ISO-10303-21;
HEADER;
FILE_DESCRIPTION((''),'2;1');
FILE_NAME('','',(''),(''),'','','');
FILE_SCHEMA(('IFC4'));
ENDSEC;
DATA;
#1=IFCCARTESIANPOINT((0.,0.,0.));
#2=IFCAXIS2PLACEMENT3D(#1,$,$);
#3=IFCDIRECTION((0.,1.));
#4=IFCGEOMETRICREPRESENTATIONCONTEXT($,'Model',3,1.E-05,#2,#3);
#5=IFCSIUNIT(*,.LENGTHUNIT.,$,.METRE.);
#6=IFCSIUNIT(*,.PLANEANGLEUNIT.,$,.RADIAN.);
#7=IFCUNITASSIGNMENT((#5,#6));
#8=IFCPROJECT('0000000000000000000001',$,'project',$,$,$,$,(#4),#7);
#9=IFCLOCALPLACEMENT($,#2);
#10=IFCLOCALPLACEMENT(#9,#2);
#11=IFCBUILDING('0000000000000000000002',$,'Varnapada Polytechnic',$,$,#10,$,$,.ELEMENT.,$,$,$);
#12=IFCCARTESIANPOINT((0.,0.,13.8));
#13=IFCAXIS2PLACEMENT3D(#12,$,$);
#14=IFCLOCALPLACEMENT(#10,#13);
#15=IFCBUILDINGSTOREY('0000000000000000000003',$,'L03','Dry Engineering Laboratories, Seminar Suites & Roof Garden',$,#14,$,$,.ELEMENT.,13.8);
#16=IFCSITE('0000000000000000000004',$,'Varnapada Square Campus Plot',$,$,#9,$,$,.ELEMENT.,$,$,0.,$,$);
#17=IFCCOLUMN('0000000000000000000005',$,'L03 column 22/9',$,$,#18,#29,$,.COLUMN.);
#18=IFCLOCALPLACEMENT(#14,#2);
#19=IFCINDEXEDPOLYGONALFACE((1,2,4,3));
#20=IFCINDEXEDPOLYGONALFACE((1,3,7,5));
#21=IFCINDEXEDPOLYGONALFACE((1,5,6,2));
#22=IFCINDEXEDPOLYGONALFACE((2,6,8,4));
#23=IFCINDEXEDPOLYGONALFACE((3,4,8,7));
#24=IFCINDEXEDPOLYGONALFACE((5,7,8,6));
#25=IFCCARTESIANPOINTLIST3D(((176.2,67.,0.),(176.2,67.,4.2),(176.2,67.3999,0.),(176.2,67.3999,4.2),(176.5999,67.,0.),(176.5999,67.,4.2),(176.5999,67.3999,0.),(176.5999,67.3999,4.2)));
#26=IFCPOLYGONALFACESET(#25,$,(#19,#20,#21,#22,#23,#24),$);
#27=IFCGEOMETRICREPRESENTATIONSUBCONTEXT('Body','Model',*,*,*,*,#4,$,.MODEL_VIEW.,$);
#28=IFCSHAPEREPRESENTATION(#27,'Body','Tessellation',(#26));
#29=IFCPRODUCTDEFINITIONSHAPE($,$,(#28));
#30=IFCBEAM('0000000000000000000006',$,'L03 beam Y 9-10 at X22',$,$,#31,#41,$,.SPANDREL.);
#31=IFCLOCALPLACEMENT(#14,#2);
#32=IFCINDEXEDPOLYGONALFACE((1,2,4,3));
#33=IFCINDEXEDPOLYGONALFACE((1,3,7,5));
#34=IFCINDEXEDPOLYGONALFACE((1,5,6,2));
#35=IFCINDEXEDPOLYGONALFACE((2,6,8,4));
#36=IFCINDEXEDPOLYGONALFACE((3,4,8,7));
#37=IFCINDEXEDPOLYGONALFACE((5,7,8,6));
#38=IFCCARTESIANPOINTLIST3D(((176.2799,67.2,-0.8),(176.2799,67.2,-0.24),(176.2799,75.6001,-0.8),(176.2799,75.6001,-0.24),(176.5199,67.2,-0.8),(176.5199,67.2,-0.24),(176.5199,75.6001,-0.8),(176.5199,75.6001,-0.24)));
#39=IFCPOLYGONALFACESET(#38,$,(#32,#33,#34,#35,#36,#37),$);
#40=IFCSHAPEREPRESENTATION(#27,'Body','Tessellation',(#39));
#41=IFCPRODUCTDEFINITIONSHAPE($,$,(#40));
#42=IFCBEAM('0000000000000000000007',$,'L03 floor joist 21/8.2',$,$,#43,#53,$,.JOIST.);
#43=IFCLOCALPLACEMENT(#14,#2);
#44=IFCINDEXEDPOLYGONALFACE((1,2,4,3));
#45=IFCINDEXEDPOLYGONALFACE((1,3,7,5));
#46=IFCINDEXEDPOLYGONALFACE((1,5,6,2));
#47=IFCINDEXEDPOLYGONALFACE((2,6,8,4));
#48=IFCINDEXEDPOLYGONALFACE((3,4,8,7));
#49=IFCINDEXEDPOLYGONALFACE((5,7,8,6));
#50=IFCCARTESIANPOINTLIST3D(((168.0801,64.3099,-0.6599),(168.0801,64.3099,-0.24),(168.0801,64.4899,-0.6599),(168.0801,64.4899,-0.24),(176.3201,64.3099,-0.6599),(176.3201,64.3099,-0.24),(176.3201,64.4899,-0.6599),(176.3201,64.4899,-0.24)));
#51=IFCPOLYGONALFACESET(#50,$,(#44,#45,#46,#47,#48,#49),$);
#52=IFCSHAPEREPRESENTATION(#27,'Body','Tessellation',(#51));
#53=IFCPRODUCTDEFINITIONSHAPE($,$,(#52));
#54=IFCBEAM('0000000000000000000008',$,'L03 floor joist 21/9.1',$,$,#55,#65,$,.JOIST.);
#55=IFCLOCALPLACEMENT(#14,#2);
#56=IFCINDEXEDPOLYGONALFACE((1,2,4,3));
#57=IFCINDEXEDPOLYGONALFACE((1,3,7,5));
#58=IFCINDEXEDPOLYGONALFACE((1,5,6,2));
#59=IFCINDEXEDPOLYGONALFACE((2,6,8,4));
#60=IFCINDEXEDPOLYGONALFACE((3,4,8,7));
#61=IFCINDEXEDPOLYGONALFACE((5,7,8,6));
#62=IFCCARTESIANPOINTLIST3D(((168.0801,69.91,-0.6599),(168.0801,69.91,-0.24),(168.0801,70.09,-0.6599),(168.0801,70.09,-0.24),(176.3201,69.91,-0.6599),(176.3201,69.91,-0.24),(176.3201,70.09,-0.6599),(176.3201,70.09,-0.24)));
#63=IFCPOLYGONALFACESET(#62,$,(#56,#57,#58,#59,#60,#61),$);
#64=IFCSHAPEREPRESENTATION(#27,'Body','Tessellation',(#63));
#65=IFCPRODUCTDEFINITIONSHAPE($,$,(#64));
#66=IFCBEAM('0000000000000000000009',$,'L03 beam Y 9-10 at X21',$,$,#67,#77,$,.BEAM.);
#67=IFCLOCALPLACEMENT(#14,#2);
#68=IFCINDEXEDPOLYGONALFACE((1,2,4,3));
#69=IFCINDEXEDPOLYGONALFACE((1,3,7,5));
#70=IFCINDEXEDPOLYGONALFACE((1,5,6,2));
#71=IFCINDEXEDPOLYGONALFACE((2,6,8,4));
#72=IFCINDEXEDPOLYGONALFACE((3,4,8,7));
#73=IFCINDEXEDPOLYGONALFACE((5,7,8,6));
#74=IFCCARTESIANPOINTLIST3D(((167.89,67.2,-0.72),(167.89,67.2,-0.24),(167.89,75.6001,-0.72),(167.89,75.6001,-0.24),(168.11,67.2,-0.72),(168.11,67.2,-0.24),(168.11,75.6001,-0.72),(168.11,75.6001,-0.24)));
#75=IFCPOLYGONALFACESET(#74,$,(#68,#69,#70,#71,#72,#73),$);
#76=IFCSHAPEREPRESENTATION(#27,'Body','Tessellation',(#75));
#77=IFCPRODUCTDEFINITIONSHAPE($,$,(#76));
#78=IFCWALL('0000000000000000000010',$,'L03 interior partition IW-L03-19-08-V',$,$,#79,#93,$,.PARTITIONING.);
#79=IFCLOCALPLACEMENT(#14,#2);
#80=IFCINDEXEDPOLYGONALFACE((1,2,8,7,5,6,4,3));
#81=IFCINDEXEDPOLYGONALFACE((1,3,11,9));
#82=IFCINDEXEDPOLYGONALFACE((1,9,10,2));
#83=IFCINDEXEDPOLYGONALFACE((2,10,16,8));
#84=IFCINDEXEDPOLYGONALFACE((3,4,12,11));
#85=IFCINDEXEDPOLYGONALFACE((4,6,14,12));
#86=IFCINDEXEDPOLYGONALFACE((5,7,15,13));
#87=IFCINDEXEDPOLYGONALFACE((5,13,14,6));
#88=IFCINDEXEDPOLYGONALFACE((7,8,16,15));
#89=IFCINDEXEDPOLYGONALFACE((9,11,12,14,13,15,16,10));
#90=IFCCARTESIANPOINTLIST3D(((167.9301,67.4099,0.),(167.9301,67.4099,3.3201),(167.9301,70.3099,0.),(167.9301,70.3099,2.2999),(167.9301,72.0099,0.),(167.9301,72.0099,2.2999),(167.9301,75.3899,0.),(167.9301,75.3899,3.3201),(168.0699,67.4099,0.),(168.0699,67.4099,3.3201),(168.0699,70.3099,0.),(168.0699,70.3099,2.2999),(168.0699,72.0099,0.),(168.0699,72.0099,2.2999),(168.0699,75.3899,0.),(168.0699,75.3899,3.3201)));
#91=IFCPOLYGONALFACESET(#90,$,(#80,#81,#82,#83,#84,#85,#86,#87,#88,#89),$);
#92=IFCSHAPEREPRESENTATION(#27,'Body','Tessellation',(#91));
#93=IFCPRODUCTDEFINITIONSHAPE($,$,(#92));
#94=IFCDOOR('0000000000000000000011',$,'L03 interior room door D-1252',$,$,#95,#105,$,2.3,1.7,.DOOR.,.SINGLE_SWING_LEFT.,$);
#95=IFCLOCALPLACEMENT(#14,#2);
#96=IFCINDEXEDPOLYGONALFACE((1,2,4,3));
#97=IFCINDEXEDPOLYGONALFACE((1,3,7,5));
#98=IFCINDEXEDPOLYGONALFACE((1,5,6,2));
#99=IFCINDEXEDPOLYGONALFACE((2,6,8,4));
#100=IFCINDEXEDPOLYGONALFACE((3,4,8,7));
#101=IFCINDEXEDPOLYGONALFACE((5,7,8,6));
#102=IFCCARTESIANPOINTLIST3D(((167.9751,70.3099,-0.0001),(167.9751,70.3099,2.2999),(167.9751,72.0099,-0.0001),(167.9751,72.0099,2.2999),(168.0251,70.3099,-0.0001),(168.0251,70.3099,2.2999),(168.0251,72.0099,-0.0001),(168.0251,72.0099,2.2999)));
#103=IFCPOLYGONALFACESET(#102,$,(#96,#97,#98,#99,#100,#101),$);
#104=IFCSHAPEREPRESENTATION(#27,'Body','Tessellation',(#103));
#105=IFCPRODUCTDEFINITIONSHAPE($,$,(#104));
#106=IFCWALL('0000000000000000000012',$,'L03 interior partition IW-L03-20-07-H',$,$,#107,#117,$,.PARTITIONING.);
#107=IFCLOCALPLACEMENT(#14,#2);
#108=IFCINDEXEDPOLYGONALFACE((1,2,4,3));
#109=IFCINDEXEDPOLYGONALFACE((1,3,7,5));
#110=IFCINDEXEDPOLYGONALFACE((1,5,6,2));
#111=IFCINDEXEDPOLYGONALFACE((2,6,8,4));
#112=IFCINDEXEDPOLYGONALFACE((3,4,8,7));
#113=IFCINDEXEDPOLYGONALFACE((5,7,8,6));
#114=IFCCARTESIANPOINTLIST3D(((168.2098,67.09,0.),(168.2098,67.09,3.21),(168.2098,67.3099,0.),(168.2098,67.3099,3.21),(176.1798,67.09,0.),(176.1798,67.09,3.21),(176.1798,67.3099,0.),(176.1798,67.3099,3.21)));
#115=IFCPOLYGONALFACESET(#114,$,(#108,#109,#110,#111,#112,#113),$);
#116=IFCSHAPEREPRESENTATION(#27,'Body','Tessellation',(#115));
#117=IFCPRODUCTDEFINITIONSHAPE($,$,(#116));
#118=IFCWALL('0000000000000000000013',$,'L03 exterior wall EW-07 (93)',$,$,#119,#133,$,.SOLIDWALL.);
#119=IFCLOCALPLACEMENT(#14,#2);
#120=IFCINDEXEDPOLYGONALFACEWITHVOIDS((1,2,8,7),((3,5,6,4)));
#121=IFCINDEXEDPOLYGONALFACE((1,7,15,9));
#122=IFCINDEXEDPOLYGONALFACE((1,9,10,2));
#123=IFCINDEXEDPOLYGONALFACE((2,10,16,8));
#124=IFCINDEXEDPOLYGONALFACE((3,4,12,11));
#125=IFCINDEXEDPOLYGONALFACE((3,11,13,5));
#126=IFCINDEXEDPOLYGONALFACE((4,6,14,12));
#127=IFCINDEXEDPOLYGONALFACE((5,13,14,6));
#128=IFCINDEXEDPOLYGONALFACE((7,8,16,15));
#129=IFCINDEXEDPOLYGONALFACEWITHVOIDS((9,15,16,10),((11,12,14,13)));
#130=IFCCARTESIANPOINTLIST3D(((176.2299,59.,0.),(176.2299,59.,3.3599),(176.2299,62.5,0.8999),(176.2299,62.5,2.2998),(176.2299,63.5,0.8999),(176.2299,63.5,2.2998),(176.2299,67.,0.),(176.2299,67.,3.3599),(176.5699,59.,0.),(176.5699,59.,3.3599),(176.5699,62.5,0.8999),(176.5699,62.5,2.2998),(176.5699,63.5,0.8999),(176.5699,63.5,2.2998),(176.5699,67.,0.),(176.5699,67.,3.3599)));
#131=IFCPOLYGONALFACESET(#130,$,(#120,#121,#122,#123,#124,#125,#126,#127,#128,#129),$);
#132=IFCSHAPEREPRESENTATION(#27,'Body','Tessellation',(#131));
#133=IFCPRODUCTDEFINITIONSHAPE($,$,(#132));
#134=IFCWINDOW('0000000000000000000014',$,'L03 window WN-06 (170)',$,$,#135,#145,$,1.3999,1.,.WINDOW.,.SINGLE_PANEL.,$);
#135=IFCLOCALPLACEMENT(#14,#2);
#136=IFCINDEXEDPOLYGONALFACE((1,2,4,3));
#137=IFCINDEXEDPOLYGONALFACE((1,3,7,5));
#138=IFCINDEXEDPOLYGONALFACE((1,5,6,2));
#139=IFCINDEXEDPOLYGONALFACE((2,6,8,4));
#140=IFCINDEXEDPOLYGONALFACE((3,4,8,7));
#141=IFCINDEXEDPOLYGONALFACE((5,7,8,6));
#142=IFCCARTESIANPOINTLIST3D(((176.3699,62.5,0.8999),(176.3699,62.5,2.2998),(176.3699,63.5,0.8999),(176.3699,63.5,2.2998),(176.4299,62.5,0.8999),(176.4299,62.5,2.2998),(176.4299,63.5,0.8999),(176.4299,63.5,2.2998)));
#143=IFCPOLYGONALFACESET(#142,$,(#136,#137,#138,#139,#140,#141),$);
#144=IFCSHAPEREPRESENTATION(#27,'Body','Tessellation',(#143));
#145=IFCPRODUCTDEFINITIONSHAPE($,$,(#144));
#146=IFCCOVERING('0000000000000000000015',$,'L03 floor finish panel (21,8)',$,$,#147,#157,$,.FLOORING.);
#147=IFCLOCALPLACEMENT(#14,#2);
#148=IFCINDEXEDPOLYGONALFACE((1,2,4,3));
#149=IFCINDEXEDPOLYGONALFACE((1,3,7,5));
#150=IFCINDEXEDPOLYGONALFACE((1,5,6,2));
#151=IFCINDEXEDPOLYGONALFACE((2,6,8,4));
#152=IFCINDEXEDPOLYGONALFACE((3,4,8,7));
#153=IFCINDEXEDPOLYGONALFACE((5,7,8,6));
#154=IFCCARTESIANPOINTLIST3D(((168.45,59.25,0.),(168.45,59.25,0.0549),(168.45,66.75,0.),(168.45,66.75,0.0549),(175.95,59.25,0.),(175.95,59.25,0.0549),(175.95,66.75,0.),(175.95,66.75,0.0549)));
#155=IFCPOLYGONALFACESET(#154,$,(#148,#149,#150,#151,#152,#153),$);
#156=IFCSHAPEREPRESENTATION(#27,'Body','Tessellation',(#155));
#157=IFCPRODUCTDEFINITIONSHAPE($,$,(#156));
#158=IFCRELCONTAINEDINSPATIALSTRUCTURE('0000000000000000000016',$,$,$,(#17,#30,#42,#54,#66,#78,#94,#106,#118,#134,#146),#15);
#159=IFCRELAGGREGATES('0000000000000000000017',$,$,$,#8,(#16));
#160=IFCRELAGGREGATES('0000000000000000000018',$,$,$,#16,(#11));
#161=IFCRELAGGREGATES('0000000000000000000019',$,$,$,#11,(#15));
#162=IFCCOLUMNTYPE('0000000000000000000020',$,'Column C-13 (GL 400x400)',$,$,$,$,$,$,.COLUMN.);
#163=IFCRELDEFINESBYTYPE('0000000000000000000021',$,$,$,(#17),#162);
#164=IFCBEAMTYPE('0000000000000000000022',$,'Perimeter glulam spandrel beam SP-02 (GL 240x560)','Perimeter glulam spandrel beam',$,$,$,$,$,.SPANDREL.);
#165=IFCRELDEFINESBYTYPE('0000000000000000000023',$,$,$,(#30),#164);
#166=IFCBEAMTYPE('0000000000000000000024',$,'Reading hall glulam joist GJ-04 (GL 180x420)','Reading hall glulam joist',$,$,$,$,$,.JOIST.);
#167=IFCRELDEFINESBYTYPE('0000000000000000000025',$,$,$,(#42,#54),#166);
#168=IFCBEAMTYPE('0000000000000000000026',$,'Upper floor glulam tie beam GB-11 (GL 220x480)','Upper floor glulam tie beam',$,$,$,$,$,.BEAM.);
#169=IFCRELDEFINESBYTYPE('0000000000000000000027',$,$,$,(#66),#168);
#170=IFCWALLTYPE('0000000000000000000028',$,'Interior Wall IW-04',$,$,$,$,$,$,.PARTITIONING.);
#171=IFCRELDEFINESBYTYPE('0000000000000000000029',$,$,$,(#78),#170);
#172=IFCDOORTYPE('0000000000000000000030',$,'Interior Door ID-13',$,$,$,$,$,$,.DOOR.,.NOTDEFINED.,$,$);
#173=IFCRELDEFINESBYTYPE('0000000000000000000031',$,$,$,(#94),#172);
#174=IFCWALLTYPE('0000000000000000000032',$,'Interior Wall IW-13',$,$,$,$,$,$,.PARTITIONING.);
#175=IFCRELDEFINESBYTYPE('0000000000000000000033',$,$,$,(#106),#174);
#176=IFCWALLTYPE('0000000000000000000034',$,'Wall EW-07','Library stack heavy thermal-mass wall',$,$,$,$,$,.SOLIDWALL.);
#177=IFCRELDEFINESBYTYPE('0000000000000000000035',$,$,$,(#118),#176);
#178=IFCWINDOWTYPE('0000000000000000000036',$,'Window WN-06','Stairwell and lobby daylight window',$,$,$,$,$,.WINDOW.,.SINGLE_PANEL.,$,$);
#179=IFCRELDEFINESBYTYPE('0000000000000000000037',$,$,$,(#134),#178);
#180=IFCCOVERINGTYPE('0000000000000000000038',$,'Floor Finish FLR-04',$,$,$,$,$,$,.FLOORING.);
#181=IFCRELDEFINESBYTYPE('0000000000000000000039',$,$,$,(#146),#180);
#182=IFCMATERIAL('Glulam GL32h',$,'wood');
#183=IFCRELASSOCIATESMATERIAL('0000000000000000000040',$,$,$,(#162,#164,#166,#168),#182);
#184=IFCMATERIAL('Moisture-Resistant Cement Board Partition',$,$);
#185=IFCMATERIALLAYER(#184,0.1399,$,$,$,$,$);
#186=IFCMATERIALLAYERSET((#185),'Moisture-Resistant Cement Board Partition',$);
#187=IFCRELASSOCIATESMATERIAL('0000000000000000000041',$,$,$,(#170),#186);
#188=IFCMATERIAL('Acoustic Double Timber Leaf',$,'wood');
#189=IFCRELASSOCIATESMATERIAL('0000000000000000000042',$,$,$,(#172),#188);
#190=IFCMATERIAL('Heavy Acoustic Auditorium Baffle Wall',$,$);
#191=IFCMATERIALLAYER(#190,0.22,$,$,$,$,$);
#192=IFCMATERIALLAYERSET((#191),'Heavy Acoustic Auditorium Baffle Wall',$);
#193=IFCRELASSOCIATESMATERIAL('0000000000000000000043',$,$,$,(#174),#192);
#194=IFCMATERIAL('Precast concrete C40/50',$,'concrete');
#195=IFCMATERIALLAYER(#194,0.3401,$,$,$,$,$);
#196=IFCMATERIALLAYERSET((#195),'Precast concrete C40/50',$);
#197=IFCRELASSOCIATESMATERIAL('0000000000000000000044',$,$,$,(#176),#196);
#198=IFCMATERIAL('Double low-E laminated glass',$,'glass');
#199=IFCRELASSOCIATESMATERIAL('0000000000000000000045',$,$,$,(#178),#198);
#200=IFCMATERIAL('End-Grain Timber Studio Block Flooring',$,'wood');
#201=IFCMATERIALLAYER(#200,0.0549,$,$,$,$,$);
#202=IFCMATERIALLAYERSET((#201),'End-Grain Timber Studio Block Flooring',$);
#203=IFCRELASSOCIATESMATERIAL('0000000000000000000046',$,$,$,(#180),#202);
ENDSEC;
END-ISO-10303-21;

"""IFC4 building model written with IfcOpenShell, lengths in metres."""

from ifc_helpers import new_model, si_unit, direction, frame, frame_2d, origin, origin_2d, place, context, subcontext, project, spatial, rectangle, extrude, material, layer, layer_set, material_profile, profile_set, type_object, element, fill, save


model = new_model("IFC4")

# Units and contexts
model_context = context("Model", 3, precision=1e-05, world=origin(), true_north=direction((0.0, 1.0)))
body_context = subcontext(model_context, "Body", "Model", "MODEL_VIEW")
ifc_project = project(units=[si_unit("LENGTHUNIT", "METRE"), si_unit("PLANEANGLEUNIT", "RADIAN")], contexts=[model_context])

# Site, building, storey
site_placement = place(None, origin())
site = spatial("IfcSite", under=ifc_project, at=site_placement, Name="Varnapada Square Campus Plot", CompositionType="ELEMENT", RefElevation=0.0)
building_placement = place(site_placement, origin())
building = spatial("IfcBuilding", under=site, at=building_placement, Name="Varnapada Polytechnic", CompositionType="ELEMENT")
storey_placement = place(building_placement, frame((0.0, 0.0, 13.8)))
storey = spatial("IfcBuildingStorey", under=building, at=storey_placement, Name="L03", Description="Dry Engineering Laboratories, Seminar Suites & Roof Garden", CompositionType="ELEMENT", Elevation=13.8)

# Column
ifc_material_1 = material(Name="Glulam GL32h", Category="wood")
ifc_material_profile_1 = material_profile(ifc_material_1, rectangle(XDim=0.3999, YDim=0.3999, at=origin_2d()), Name="GL 400x400")
ifc_profile_set_1 = profile_set([ifc_material_profile_1], Name="Glulam GL32h")
column_type = type_object("IfcColumnType", Name="Column C-13 (GL 400x400)", PredefinedType="COLUMN", material=ifc_profile_set_1)
column_placement = place(storey_placement, frame((176.3999, 67.2, 0.0), z_axis=(0.0, 0.0, 1.0), x_axis=(1.0, 0.0, 0.0)))
element("IfcColumn", 1, at=column_placement, inside=storey, type_object=column_type, Name="L03 column 22/9", PredefinedType="COLUMN", context=body_context, shape_type="SweptSolid", body=[
    extrude(rectangle(XDim=0.3999, YDim=0.3999, at=origin_2d()), origin(), (0.0, 0.0, 1.0), 4.2),
])

# Beams
ifc_material_profile_2 = material_profile(ifc_material_1, rectangle(XDim=0.24, YDim=0.5601, at=origin_2d()), Name="GL 240x560")
ifc_profile_set_2 = profile_set([ifc_material_profile_2], Name="Glulam GL32h")
beam_type_1 = type_object("IfcBeamType", Name="Perimeter glulam spandrel beam SP-02 (GL 240x560)", Description="Perimeter glulam spandrel beam", PredefinedType="SPANDREL", material=ifc_profile_set_2)
beam_1_placement = place(storey_placement, frame((176.3999, 67.2, -0.52), z_axis=(0.0, 1.0, 0.0), x_axis=(-1.0, 0.0, 0.0)))
element("IfcBeam", 2, at=beam_1_placement, inside=storey, type_object=beam_type_1, Name="L03 beam Y 9-10 at X22", PredefinedType="SPANDREL", context=body_context, shape_type="SweptSolid", body=[
    extrude(rectangle(XDim=0.24, YDim=0.5601, at=origin_2d()), origin(), (0.0, 0.0, 1.0), 8.4001),
])
ifc_material_profile_3 = material_profile(ifc_material_1, rectangle(XDim=0.1799, YDim=0.4199, at=origin_2d()), Name="GL 180x420")
ifc_profile_set_3 = profile_set([ifc_material_profile_3], Name="Glulam GL32h")
beam_type_2 = type_object("IfcBeamType", Name="Reading hall glulam joist GJ-04 (GL 180x420)", Description="Reading hall glulam joist", PredefinedType="JOIST", material=ifc_profile_set_3)
for number, where, z_axis, x_axis, name in (
    (3, (168.0801, 64.3999, -0.45), (1.0, 0.0, 0.0), (0.0, 1.0, 0.0), "L03 floor joist 21/8.2"),
    (4, (168.0801, 70.0, -0.45), (1.0, 0.0, 0.0), (0.0, 1.0, 0.0), "L03 floor joist 21/9.1"),
):
    element("IfcBeam", number, at=place(storey_placement, frame(where, z_axis=z_axis, x_axis=x_axis)), inside=storey, type_object=beam_type_2, Name=name, PredefinedType="JOIST", context=body_context, shape_type="SweptSolid", body=[
        extrude(rectangle(XDim=0.1799, YDim=0.4199, at=origin_2d()), origin(), (0.0, 0.0, 1.0), 8.24),
    ])
ifc_material_profile_4 = material_profile(ifc_material_1, rectangle(XDim=0.22, YDim=0.48, at=origin_2d()), Name="GL 220x480")
ifc_profile_set_4 = profile_set([ifc_material_profile_4], Name="Glulam GL32h")
beam_type_3 = type_object("IfcBeamType", Name="Upper floor glulam tie beam GB-11 (GL 220x480)", Description="Upper floor glulam tie beam", PredefinedType="BEAM", material=ifc_profile_set_4)
beam_2_placement = place(storey_placement, frame((168.0, 67.2, -0.48), z_axis=(0.0, 1.0, 0.0), x_axis=(-1.0, 0.0, 0.0)))
element("IfcBeam", 5, at=beam_2_placement, inside=storey, type_object=beam_type_3, Name="L03 beam Y 9-10 at X21", PredefinedType="BEAM", context=body_context, shape_type="SweptSolid", body=[
    extrude(rectangle(XDim=0.22, YDim=0.48, at=origin_2d()), origin(), (0.0, 0.0, 1.0), 8.4001),
])

# Wall, opening, door
ifc_material_2 = material(Name="Moisture-Resistant Cement Board Partition")
ifc_layer_1 = layer(ifc_material_2, 0.1399)
ifc_layer_set_1 = layer_set([ifc_layer_1], Name="Moisture-Resistant Cement Board Partition")
wall_type_1 = type_object("IfcWallType", Name="Interior Wall IW-04", PredefinedType="PARTITIONING", material=ifc_layer_set_1)
wall_1_placement = place(storey_placement, frame((168.0, 67.4099, 0.0), z_axis=(0.0, 0.0, 1.0), x_axis=(0.0, 1.0, 0.0)))
wall_1 = element("IfcWall", 6, at=wall_1_placement, inside=storey, type_object=wall_type_1, Name="L03 interior partition IW-L03-19-08-V", PredefinedType="PARTITIONING", context=body_context, shape_type="SweptSolid", body=[
    extrude(rectangle(XDim=7.98, YDim=0.1399, at=frame_2d((3.99, 0.0))), origin(), (0.0, 0.0, 1.0), 3.3201),
])
opening_1_placement = place(wall_1_placement, frame((2.8999, 0.0, 0.0)))
opening_1 = element("IfcOpeningElement", 7, at=opening_1_placement, cuts=wall_1, PredefinedType="OPENING", context=body_context, shape_type="SweptSolid", body=[
    extrude(rectangle(XDim=1.7, YDim=2.3, at=frame_2d((0.8501, 1.1499))), frame((0.0, 0.0798, 0.0), z_axis=(0.0, -1.0, 0.0), x_axis=(1.0, 0.0, 0.0)), (0.0, 0.0, 1.0), 0.1599),
])
ifc_material_3 = material(Name="Acoustic Double Timber Leaf", Category="wood")
door_type = type_object("IfcDoorType", Name="Interior Door ID-13", OperationType="NOTDEFINED", PredefinedType="DOOR", material=ifc_material_3)
door_placement = place(opening_1_placement, origin())
door = element("IfcDoor", 8, at=door_placement, inside=storey, type_object=door_type, Name="L03 interior room door D-1252", OperationType="SINGLE_SWING_LEFT", OverallHeight=2.3, OverallWidth=1.7, PredefinedType="DOOR", context=body_context, shape_type="SweptSolid", body=[
    extrude(rectangle(XDim=1.7, YDim=2.3, at=frame_2d((0.8501, 1.1499))), frame((0.0, 0.0249, 0.0), z_axis=(0.0, -1.0, 0.0), x_axis=(1.0, 0.0, 0.0)), (0.0, 0.0, 1.0), 0.05),
])
fill(opening_1, door)

# Wall
ifc_material_4 = material(Name="Heavy Acoustic Auditorium Baffle Wall")
ifc_layer_2 = layer(ifc_material_4, 0.22)
ifc_layer_set_2 = layer_set([ifc_layer_2], Name="Heavy Acoustic Auditorium Baffle Wall")
wall_type_2 = type_object("IfcWallType", Name="Interior Wall IW-13", PredefinedType="PARTITIONING", material=ifc_layer_set_2)
wall_2_placement = place(storey_placement, frame((168.21, 67.2, 0.0), z_axis=(0.0, 0.0, 1.0), x_axis=(1.0, 0.0, 0.0)))
element("IfcWall", 9, at=wall_2_placement, inside=storey, type_object=wall_type_2, Name="L03 interior partition IW-L03-20-07-H", PredefinedType="PARTITIONING", context=body_context, shape_type="SweptSolid", body=[
    extrude(rectangle(XDim=7.97, YDim=0.22, at=frame_2d((3.9849, 0.0))), origin(), (0.0, 0.0, 1.0), 3.21),
])

# Wall, opening, window
ifc_material_5 = material(Name="Precast concrete C40/50", Category="concrete")
ifc_layer_3 = layer(ifc_material_5, 0.3401)
ifc_layer_set_3 = layer_set([ifc_layer_3], Name="Precast concrete C40/50")
wall_type_3 = type_object("IfcWallType", Name="Wall EW-07", Description="Library stack heavy thermal-mass wall", PredefinedType="SOLIDWALL", material=ifc_layer_set_3)
wall_3_placement = place(storey_placement, frame((176.3999, 67.0, 0.0), z_axis=(0.0, 0.0, 1.0), x_axis=(0.0, -1.0, 0.0)))
wall_3 = element("IfcWall", 10, at=wall_3_placement, inside=storey, type_object=wall_type_3, Name="L03 exterior wall EW-07 (93)", PredefinedType="SOLIDWALL", context=body_context, shape_type="SweptSolid", body=[
    extrude(rectangle(XDim=8.0, YDim=0.3401, at=frame_2d((4.0, 0.0))), origin(), (0.0, 0.0, 1.0), 3.3599),
])
opening_2_placement = place(wall_3_placement, frame((3.5, 0.0, 0.8999)))
opening_2 = element("IfcOpeningElement", 11, at=opening_2_placement, cuts=wall_3, PredefinedType="OPENING", context=body_context, shape_type="SweptSolid", body=[
    extrude(rectangle(XDim=1.0, YDim=1.3999, at=frame_2d((0.5, 0.7))), frame((0.0, 0.1799, 0.0), z_axis=(0.0, -1.0, 0.0), x_axis=(1.0, 0.0, 0.0)), (0.0, 0.0, 1.0), 0.3601),
])
ifc_material_6 = material(Name="Double low-E laminated glass", Category="glass")
window_type = type_object("IfcWindowType", Name="Window WN-06", Description="Stairwell and lobby daylight window", PartitioningType="SINGLE_PANEL", PredefinedType="WINDOW", material=ifc_material_6)
window_placement = place(opening_2_placement, origin())
window = element("IfcWindow", 12, at=window_placement, inside=storey, type_object=window_type, Name="L03 window WN-06 (170)", OverallHeight=1.3999, OverallWidth=1.0, PartitioningType="SINGLE_PANEL", PredefinedType="WINDOW", context=body_context, shape_type="SweptSolid", body=[
    extrude(rectangle(XDim=1.0, YDim=1.3999, at=frame_2d((0.5, 0.7))), frame((0.0, 0.03, 0.0), z_axis=(0.0, -1.0, 0.0), x_axis=(1.0, 0.0, 0.0)), (0.0, 0.0, 1.0), 0.0601),
])
fill(opening_2, window)

# Covering
ifc_material_7 = material(Name="End-Grain Timber Studio Block Flooring", Category="wood")
ifc_layer_4 = layer(ifc_material_7, 0.0549)
ifc_layer_set_4 = layer_set([ifc_layer_4], Name="End-Grain Timber Studio Block Flooring")
covering_type_1 = type_object("IfcCoveringType", Name="Floor Finish FLR-04", PredefinedType="FLOORING", material=ifc_layer_set_4)
covering_1_placement = place(storey_placement, frame((172.2, 63.0, 0.0), z_axis=(0.0, 0.0, 1.0), x_axis=(1.0, 0.0, 0.0)))
element("IfcCovering", 13, at=covering_1_placement, inside=storey, type_object=covering_type_1, Name="L03 floor finish panel (21,8)", PredefinedType="FLOORING", context=body_context, shape_type="SweptSolid", body=[
    extrude(rectangle(XDim=7.5, YDim=7.5, at=origin_2d()), origin(), (0.0, 0.0, 1.0), 0.0549),
])

save(model, "model.ifc")
